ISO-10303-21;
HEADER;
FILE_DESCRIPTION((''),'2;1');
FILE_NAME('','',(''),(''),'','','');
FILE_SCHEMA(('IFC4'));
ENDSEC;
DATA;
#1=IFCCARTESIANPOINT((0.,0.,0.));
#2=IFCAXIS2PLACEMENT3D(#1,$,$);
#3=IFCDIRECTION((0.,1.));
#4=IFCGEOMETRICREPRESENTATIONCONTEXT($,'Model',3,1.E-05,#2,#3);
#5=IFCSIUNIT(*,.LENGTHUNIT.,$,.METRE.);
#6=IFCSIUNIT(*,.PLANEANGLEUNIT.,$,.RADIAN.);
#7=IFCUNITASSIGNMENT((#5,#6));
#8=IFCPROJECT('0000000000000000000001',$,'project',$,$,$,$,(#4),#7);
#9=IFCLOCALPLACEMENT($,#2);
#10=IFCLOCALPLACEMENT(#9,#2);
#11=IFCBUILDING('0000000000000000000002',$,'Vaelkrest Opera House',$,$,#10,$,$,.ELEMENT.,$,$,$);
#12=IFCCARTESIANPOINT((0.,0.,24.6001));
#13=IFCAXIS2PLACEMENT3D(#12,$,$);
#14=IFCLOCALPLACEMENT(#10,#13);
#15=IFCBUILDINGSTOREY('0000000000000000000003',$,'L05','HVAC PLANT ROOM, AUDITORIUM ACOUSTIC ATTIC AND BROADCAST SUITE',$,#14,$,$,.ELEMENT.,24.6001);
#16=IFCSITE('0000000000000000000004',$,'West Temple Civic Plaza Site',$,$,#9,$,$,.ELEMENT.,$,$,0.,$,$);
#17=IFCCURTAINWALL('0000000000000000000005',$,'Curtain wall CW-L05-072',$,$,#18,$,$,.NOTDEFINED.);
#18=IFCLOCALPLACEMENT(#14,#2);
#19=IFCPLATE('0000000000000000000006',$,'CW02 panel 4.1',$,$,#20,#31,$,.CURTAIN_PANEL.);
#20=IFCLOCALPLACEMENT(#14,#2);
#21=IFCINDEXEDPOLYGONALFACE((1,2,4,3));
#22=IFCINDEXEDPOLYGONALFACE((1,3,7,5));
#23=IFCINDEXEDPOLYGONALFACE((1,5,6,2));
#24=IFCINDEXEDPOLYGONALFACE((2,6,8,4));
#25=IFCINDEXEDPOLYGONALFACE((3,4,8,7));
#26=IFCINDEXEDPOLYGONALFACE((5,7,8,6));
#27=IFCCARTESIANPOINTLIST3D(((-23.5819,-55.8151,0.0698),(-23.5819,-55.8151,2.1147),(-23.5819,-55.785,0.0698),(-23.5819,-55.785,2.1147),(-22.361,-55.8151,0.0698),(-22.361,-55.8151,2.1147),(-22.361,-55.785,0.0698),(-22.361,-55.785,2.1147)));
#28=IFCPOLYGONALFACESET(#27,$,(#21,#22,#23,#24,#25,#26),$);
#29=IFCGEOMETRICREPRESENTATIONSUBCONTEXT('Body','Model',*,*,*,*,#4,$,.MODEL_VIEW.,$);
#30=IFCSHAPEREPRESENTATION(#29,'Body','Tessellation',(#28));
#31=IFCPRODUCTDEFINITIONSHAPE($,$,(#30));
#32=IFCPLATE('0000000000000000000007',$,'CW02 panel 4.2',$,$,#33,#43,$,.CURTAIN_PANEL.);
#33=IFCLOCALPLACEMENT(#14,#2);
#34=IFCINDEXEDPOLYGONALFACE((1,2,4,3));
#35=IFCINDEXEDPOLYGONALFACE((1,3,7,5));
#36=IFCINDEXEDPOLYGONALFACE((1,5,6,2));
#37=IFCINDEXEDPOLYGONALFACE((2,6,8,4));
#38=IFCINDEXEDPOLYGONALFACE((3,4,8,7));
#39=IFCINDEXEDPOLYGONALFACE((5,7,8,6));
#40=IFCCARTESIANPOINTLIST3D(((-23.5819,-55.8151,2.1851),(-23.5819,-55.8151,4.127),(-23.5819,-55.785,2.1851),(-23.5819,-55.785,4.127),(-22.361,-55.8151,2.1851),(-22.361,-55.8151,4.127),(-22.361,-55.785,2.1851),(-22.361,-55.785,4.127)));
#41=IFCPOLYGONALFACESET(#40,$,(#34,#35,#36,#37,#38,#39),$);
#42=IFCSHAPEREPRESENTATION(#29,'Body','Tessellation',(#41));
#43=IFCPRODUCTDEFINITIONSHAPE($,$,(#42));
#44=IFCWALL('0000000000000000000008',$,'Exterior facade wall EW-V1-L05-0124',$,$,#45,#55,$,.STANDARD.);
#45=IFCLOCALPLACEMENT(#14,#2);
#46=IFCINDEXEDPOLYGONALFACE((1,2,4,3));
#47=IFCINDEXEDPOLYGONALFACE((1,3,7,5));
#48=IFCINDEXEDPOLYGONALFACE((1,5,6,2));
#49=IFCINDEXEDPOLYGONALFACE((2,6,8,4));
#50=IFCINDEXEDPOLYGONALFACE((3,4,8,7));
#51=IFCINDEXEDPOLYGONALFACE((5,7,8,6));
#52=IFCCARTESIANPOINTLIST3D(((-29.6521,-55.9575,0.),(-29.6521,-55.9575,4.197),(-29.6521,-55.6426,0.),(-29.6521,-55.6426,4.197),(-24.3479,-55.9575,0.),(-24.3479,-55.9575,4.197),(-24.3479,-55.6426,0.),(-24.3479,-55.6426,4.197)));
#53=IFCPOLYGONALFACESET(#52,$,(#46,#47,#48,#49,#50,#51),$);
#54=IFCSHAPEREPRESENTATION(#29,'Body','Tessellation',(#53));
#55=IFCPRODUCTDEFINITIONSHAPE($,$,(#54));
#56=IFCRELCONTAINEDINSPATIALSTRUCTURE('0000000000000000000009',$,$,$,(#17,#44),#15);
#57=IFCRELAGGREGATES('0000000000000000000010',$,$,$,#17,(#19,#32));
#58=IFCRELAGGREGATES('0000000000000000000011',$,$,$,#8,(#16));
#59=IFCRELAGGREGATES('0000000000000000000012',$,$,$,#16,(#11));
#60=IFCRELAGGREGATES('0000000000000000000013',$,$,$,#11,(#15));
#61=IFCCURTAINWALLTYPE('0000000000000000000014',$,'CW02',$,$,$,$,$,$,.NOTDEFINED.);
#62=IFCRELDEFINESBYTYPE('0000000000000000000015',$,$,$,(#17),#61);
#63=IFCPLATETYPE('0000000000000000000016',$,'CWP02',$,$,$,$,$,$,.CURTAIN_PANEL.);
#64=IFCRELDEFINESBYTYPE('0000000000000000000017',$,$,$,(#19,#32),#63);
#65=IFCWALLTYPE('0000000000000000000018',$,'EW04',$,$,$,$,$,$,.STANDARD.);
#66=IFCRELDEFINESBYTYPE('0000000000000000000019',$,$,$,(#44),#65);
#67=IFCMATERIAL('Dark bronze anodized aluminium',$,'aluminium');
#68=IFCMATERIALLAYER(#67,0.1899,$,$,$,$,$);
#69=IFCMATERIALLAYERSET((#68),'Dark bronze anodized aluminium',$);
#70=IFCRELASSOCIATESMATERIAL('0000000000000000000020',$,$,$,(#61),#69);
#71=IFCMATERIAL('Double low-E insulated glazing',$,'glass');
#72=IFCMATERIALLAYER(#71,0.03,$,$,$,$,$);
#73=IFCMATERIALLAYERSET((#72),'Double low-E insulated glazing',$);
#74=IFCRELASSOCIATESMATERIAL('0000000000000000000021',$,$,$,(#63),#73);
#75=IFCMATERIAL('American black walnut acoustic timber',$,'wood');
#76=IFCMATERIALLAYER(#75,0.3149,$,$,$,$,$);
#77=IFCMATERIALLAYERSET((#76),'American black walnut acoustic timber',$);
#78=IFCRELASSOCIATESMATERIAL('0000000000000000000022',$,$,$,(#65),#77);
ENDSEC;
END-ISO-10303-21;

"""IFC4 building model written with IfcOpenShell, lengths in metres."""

from ifc_helpers import new_model, si_unit, direction, frame, frame_2d, origin, origin_2d, place, context, subcontext, project, spatial, rectangle, extrude, material, layer, layer_set, type_object, element, aggregate, save


model = new_model("IFC4")

# Units and contexts
model_context = context("Model", 3, precision=1e-05, world=origin(), true_north=direction((0.0, 1.0)))
body_context = subcontext(model_context, "Body", "Model", "MODEL_VIEW")
ifc_project = project(units=[si_unit("LENGTHUNIT", "METRE"), si_unit("PLANEANGLEUNIT", "RADIAN")], contexts=[model_context])

# Site, building, storey
site_placement = place(None, origin())
site = spatial("IfcSite", under=ifc_project, at=site_placement, Name="West Temple Civic Plaza Site", CompositionType="ELEMENT", RefElevation=0.0)
building_placement = place(site_placement, origin())
building = spatial("IfcBuilding", under=site, at=building_placement, Name="Vaelkrest Opera House", CompositionType="ELEMENT")
storey_placement = place(building_placement, frame((0.0, 0.0, 24.6001)))
storey = spatial("IfcBuildingStorey", under=building, at=storey_placement, Name="L05", Description="HVAC PLANT ROOM, AUDITORIUM ACOUSTIC ATTIC AND BROADCAST SUITE", CompositionType="ELEMENT", Elevation=24.6001)

# Curtain wall
ifc_material_1 = material(Name="Dark bronze anodized aluminium", Category="aluminium")
ifc_layer_1 = layer(ifc_material_1, 0.1899)
ifc_layer_set_1 = layer_set([ifc_layer_1], Name="Dark bronze anodized aluminium")
curtain_wall_type = type_object("IfcCurtainWallType", Name="CW02", PredefinedType="NOTDEFINED", material=ifc_layer_set_1)
curtain_wall_placement = place(storey_placement, origin())
curtain_wall = element("IfcCurtainWall", 1, at=curtain_wall_placement, inside=storey, type_object=curtain_wall_type, Name="Curtain wall CW-L05-072", PredefinedType="NOTDEFINED")

# Plates
ifc_material_2 = material(Name="Double low-E insulated glazing", Category="glass")
ifc_layer_2 = layer(ifc_material_2, 0.03)
ifc_layer_set_2 = layer_set([ifc_layer_2], Name="Double low-E insulated glazing")
plate_type = type_object("IfcPlateType", Name="CWP02", PredefinedType="CURTAIN_PANEL", material=ifc_layer_set_2)
plate_1_placement = place(storey_placement, frame((-22.9714, -55.8, 0.0698), z_axis=(0.0, 0.0, 1.0), x_axis=(-1.0, 0.0, 0.0)))
plate_1 = element("IfcPlate", 2, at=plate_1_placement, type_object=plate_type, Name="CW02 panel 4.1", PredefinedType="CURTAIN_PANEL", context=body_context, shape_type="SweptSolid", body=[
    extrude(rectangle(XDim=1.2209, YDim=0.03, at=origin_2d()), origin(), (0.0, 0.0, 1.0), 2.0449),
])
plate_2_placement = place(storey_placement, frame((-22.9714, -55.8, 2.1851), z_axis=(0.0, 0.0, 1.0), x_axis=(-1.0, 0.0, 0.0)))
plate_2 = element("IfcPlate", 3, at=plate_2_placement, type_object=plate_type, Name="CW02 panel 4.2", PredefinedType="CURTAIN_PANEL", context=body_context, shape_type="SweptSolid", body=[
    extrude(rectangle(XDim=1.2209, YDim=0.03, at=origin_2d()), origin(), (0.0, 0.0, 1.0), 1.9419),
])
aggregate(curtain_wall, [plate_1, plate_2])

# Wall
ifc_material_3 = material(Name="American black walnut acoustic timber", Category="wood")
ifc_layer_3 = layer(ifc_material_3, 0.3149)
ifc_layer_set_3 = layer_set([ifc_layer_3], Name="American black walnut acoustic timber")
wall_type = type_object("IfcWallType", Name="EW04", PredefinedType="STANDARD", material=ifc_layer_set_3)
wall_placement = place(storey_placement, frame((-24.3479, -55.8, 0.0), z_axis=(0.0, 0.0, 1.0), x_axis=(-1.0, 0.0, 0.0)))
element("IfcWall", 4, at=wall_placement, inside=storey, type_object=wall_type, Name="Exterior facade wall EW-V1-L05-0124", PredefinedType="STANDARD", context=body_context, shape_type="SweptSolid", body=[
    extrude(rectangle(XDim=5.3042, YDim=0.3149, at=frame_2d((2.6521, 0.0))), origin(), (0.0, 0.0, 1.0), 4.197),
])

save(model, "model.ifc")
